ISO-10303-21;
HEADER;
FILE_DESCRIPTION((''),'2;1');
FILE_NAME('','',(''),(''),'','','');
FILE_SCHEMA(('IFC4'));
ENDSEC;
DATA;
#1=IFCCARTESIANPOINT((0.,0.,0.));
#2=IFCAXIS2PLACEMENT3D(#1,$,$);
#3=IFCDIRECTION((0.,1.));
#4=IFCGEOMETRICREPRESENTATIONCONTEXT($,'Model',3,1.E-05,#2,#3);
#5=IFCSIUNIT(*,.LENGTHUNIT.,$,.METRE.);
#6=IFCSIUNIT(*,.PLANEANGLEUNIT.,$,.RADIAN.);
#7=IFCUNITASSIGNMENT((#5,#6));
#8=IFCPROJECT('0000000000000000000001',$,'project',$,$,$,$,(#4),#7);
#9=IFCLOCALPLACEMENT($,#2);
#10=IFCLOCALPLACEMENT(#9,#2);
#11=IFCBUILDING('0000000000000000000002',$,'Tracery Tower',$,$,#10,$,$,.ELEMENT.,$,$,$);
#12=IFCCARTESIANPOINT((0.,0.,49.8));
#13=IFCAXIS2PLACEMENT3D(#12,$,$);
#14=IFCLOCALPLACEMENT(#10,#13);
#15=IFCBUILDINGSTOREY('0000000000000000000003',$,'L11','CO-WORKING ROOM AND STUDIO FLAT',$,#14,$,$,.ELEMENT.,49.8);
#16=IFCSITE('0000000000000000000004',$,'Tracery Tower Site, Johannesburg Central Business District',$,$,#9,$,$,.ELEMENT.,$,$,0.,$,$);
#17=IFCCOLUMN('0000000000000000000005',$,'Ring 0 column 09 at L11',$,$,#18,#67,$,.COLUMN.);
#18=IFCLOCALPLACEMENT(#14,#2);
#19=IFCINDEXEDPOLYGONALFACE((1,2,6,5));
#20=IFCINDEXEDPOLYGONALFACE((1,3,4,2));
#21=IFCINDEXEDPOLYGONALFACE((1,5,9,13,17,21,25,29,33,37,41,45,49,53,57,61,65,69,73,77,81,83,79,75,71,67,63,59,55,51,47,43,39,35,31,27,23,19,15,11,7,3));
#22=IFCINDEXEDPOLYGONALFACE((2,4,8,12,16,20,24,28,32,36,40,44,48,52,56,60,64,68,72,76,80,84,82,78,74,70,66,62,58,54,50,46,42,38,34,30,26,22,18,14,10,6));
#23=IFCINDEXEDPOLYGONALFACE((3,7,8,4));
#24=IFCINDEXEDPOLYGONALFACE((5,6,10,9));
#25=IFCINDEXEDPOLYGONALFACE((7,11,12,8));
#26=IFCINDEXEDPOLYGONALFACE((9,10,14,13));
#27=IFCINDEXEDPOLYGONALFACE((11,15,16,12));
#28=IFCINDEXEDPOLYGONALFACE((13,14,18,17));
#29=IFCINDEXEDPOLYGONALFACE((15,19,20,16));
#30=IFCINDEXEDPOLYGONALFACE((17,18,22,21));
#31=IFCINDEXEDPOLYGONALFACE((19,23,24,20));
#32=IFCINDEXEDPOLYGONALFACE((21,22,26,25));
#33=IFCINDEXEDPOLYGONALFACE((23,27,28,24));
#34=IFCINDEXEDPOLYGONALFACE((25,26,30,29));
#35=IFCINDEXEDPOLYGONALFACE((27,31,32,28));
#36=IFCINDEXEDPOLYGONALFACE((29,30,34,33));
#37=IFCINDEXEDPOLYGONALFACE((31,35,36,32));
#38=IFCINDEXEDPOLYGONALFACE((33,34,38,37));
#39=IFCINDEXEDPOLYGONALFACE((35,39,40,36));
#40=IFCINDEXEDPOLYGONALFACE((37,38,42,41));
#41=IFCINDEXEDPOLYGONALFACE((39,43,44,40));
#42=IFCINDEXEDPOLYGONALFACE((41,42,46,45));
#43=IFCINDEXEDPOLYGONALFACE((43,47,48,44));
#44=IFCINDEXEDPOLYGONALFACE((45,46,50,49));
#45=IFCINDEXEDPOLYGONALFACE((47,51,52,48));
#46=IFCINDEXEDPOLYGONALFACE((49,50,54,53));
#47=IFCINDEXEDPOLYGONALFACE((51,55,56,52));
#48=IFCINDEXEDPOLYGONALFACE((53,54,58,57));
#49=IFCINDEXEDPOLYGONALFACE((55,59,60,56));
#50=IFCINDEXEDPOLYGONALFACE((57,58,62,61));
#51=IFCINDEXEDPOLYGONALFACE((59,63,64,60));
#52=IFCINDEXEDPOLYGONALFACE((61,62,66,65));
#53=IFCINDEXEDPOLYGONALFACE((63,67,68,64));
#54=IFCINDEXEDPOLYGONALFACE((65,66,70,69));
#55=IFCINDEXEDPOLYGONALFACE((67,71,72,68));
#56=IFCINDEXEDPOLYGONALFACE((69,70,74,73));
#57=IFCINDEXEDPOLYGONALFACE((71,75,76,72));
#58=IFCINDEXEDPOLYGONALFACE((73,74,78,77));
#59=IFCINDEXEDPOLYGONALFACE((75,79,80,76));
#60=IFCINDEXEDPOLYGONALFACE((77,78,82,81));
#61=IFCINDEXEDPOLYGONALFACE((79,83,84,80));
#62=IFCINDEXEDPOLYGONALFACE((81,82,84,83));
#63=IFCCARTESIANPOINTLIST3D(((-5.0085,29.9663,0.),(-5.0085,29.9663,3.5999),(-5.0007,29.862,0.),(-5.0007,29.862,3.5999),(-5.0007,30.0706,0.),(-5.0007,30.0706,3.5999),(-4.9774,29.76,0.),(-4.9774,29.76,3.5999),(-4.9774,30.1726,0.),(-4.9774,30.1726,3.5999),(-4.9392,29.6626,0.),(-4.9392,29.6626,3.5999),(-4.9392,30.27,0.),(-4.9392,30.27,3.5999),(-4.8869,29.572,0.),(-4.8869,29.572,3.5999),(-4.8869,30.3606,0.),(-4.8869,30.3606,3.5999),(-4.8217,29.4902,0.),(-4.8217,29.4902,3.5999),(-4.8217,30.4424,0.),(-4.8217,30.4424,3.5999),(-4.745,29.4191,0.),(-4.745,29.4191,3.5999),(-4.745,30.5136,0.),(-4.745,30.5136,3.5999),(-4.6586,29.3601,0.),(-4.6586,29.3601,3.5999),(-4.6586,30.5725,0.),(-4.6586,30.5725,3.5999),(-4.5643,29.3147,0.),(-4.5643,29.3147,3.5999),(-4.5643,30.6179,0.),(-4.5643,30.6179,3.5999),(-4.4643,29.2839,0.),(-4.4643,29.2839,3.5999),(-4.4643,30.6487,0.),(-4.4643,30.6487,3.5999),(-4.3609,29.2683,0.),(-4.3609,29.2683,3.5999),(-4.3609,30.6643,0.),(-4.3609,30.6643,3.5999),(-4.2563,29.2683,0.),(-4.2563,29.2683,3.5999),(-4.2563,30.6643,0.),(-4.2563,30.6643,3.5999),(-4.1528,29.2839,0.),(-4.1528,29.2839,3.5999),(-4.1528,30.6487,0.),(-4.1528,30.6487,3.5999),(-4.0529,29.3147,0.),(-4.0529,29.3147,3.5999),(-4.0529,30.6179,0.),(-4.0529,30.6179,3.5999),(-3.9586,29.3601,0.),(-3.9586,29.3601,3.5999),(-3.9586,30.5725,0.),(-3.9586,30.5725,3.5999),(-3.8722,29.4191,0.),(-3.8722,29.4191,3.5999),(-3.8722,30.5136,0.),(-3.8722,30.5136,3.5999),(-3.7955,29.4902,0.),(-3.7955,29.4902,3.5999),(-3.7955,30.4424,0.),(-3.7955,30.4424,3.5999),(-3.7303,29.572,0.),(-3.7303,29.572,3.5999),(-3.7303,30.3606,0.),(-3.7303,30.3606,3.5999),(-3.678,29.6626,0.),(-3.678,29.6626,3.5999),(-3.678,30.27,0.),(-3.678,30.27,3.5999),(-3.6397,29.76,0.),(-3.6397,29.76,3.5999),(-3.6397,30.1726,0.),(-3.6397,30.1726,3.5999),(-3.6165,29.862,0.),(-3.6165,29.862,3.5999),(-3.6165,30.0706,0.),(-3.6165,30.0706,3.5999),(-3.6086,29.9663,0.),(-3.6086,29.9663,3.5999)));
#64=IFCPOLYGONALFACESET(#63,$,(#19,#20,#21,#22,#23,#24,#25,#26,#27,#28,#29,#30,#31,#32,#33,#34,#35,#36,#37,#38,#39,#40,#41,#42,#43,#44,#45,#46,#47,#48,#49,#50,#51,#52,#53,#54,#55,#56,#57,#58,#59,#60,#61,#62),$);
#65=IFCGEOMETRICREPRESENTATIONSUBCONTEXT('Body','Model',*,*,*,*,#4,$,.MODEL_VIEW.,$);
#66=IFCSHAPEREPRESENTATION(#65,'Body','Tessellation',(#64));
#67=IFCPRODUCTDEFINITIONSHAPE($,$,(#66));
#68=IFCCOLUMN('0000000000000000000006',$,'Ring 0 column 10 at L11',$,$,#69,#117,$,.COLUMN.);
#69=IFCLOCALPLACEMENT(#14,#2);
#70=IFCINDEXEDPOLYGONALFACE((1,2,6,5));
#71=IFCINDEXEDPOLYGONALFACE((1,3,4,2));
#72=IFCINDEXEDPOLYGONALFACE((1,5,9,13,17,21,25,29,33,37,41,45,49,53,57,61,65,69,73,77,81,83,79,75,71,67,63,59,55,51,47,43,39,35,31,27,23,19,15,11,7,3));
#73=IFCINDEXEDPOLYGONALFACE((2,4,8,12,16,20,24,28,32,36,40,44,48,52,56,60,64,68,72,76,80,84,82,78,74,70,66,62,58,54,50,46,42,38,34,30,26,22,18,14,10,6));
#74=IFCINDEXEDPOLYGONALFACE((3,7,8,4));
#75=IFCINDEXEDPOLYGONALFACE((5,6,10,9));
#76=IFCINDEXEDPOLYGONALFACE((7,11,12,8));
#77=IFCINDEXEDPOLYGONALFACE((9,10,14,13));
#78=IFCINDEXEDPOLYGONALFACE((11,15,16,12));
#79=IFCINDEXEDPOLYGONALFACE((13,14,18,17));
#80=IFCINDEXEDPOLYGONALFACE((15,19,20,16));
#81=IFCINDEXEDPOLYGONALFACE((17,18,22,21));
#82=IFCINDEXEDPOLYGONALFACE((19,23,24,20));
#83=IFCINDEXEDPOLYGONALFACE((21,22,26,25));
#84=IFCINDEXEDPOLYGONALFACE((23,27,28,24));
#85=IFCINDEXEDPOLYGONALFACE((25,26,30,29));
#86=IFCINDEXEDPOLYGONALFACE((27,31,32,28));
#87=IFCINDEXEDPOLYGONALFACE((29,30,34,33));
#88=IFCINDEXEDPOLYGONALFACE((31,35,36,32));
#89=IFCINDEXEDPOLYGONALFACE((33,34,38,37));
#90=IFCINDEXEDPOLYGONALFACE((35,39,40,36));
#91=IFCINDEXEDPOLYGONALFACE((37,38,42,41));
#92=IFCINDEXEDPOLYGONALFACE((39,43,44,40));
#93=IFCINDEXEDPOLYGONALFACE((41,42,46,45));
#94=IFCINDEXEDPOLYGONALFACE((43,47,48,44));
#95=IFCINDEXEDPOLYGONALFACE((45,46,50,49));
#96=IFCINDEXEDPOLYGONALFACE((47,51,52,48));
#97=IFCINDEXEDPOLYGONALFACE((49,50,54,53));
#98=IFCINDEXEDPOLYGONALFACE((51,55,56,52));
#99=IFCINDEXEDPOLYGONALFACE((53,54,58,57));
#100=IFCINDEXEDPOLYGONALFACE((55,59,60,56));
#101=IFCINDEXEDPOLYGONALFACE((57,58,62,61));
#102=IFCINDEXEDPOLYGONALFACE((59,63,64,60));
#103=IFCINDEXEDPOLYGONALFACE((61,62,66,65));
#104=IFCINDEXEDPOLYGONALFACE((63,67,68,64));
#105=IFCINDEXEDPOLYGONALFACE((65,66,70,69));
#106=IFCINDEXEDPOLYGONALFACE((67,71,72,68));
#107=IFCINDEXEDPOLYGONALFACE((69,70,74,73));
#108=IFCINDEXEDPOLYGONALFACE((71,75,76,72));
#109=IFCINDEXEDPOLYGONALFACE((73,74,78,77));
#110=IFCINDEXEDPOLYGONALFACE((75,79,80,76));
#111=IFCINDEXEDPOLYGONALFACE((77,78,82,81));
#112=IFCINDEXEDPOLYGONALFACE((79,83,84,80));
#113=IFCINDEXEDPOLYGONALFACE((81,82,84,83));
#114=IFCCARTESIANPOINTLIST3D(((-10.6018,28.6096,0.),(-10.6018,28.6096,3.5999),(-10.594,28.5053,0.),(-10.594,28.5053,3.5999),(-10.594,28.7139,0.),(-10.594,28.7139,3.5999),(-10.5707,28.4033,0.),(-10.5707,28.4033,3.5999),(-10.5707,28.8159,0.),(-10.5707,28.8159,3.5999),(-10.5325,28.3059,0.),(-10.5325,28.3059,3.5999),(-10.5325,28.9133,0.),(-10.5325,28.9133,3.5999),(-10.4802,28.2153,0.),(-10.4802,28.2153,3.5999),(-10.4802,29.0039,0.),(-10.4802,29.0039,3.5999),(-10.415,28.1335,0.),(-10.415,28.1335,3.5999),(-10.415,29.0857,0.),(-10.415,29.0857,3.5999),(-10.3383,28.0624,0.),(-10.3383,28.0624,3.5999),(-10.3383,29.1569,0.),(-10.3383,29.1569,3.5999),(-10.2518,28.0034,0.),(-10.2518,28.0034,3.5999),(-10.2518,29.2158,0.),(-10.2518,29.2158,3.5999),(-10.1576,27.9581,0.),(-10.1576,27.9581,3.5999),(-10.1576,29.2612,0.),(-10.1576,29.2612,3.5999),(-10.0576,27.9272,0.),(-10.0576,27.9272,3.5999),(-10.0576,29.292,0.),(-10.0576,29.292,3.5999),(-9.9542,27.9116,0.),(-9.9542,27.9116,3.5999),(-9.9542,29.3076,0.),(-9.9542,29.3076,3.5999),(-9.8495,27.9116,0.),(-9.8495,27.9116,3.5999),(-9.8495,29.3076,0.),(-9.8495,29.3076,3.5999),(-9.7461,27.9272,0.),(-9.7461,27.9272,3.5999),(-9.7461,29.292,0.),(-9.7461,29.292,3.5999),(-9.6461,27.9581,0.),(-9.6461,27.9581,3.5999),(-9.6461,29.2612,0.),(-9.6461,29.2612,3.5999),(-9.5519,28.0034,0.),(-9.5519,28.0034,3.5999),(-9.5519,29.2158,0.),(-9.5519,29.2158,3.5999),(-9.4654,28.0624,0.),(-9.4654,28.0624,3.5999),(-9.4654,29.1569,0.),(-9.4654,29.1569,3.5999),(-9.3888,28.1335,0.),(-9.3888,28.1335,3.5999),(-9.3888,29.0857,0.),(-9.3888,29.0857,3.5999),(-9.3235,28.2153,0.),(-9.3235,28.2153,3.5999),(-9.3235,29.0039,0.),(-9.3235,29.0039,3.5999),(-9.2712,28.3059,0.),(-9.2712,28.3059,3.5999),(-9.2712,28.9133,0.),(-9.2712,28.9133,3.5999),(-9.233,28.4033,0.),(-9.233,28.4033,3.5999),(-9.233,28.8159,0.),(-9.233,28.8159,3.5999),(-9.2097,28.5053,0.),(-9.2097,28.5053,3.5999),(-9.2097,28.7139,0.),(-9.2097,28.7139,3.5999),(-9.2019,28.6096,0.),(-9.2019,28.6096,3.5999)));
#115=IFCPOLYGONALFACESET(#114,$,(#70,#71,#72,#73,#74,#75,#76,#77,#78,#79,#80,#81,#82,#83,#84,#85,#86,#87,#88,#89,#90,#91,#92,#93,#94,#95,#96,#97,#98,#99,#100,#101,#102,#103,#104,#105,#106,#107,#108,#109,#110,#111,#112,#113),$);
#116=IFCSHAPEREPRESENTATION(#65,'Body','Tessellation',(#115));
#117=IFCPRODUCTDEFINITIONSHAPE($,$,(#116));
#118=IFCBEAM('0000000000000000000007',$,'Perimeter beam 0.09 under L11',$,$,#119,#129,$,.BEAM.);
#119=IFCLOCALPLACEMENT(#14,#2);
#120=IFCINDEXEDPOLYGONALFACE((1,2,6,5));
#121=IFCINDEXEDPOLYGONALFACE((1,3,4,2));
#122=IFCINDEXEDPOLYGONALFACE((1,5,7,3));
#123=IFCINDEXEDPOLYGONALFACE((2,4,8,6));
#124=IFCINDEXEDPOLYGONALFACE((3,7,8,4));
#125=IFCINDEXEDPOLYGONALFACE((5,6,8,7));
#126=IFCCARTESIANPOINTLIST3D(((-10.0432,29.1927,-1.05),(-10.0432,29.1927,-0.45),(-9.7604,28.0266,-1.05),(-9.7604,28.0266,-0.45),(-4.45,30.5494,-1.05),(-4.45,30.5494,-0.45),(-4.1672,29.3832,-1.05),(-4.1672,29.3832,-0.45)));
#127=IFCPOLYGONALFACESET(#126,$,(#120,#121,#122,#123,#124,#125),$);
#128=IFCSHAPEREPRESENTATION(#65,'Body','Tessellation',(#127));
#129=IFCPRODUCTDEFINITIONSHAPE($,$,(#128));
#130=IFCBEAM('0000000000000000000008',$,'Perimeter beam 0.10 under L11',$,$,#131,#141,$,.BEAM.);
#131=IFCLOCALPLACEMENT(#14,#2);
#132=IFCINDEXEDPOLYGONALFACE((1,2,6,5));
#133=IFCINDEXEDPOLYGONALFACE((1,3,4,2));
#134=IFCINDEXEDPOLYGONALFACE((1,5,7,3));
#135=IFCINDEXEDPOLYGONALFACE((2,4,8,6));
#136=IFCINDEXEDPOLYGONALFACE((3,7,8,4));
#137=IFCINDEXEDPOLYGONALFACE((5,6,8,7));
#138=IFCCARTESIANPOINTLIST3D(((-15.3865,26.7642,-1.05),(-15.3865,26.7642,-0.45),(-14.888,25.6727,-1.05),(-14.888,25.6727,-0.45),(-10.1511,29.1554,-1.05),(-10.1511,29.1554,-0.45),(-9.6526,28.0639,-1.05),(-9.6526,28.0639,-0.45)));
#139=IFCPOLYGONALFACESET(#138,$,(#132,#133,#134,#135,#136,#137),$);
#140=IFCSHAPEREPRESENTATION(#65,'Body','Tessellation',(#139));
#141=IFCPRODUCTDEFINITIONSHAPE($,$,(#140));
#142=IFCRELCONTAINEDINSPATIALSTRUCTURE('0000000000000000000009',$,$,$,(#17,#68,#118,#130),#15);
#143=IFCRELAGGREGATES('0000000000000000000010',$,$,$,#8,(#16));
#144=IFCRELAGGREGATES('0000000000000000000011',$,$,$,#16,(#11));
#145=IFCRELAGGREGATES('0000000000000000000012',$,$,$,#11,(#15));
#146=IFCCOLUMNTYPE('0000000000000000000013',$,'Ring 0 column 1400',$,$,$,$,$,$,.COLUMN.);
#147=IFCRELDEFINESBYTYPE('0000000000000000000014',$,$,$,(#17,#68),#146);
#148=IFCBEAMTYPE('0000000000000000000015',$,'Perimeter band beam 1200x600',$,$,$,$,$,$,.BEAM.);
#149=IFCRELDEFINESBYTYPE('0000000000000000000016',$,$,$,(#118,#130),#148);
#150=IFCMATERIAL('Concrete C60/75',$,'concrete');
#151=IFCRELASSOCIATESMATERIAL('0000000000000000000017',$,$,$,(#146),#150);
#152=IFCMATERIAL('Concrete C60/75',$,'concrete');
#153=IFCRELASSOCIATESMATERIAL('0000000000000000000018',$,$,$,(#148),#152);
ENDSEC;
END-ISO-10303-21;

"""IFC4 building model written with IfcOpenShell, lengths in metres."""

from ifc_helpers import new_model, si_unit, direction, frame, origin, origin_2d, place, context, subcontext, project, spatial, rectangle, circle, extrude, material, material_profile, profile_set, type_object, element, save


model = new_model("IFC4")

# Units and contexts
model_context = context("Model", 3, precision=1e-05, world=origin(), true_north=direction((0.0, 1.0)))
body_context = subcontext(model_context, "Body", "Model", "MODEL_VIEW")
ifc_project = project(units=[si_unit("LENGTHUNIT", "METRE"), si_unit("PLANEANGLEUNIT", "RADIAN")], contexts=[model_context])

# Site, building, storey
site_placement = place(None, origin())
site = spatial("IfcSite", under=ifc_project, at=site_placement, Name="Tracery Tower Site, Johannesburg Central Business District", CompositionType="ELEMENT", RefElevation=0.0)
building_placement = place(site_placement, origin())
building = spatial("IfcBuilding", under=site, at=building_placement, Name="Tracery Tower", CompositionType="ELEMENT")
storey_placement = place(building_placement, frame((0.0, 0.0, 49.8)))
storey = spatial("IfcBuildingStorey", under=building, at=storey_placement, Name="L11", Description="CO-WORKING ROOM AND STUDIO FLAT", CompositionType="ELEMENT", Elevation=49.8)

# Columns
ifc_material_1 = material(Name="Concrete C60/75", Category="concrete")
ifc_material_profile_1 = material_profile(ifc_material_1, circle(Radius=0.7, at=origin_2d()), Name="RC D1400")
ifc_profile_set_1 = profile_set([ifc_material_profile_1], Name="Concrete C60/75")
column_type = type_object("IfcColumnType", Name="Ring 0 column 1400", PredefinedType="COLUMN", material=ifc_profile_set_1)
for number, where, z_axis, x_axis, name in (
    (1, (-4.3086, 29.9663, 0.0), (0.0, 0.0, 1.0), (1.0, 0.0, 0.0), "Ring 0 column 09 at L11"),
    (2, (-9.9019, 28.6096, 0.0), (0.0, 0.0, 1.0), (1.0, 0.0, 0.0), "Ring 0 column 10 at L11"),
):
    element("IfcColumn", number, at=place(storey_placement, frame(where, z_axis=z_axis, x_axis=x_axis)), inside=storey, type_object=column_type, Name=name, PredefinedType="COLUMN", context=body_context, shape_type="SweptSolid", body=[
        extrude(circle(Radius=0.7, at=origin_2d()), origin(), (0.0, 0.0, 1.0), 3.5999),
    ])

# Beams
ifc_material_2 = material(Name="Concrete C60/75", Category="concrete")
ifc_material_profile_2 = material_profile(ifc_material_2, rectangle(XDim=1.2, YDim=0.6001, at=origin_2d()), Name="RC 1200x600")
ifc_profile_set_2 = profile_set([ifc_material_profile_2], Name="Concrete C60/75")
beam_type = type_object("IfcBeamType", Name="Perimeter band beam 1200x600", PredefinedType="BEAM", material=ifc_profile_set_2)
beam_1_placement = place(storey_placement, frame((-4.3086, 29.9663, -0.75), z_axis=(-0.97182, -0.235723, 0.0), x_axis=(0.235723, -0.97182, 0.0)))
element("IfcBeam", 3, at=beam_1_placement, inside=storey, type_object=beam_type, Name="Perimeter beam 0.09 under L11", PredefinedType="BEAM", context=body_context, shape_type="SweptSolid", body=[
    extrude(rectangle(XDim=1.2, YDim=0.6001, at=origin_2d()), origin(), (0.0, 0.0, 1.0), 5.7554),
])
beam_2_placement = place(storey_placement, frame((-9.9019, 28.6096, -0.75), z_axis=(-0.909618, -0.415445, 0.0), x_axis=(0.415445, -0.909618, 0.0)))
element("IfcBeam", 4, at=beam_2_placement, inside=storey, type_object=beam_type, Name="Perimeter beam 0.10 under L11", PredefinedType="BEAM", context=body_context, shape_type="SweptSolid", body=[
    extrude(rectangle(XDim=1.2, YDim=0.6001, at=origin_2d()), origin(), (0.0, 0.0, 1.0), 5.7556),
])

save(model, "model.ifc")
